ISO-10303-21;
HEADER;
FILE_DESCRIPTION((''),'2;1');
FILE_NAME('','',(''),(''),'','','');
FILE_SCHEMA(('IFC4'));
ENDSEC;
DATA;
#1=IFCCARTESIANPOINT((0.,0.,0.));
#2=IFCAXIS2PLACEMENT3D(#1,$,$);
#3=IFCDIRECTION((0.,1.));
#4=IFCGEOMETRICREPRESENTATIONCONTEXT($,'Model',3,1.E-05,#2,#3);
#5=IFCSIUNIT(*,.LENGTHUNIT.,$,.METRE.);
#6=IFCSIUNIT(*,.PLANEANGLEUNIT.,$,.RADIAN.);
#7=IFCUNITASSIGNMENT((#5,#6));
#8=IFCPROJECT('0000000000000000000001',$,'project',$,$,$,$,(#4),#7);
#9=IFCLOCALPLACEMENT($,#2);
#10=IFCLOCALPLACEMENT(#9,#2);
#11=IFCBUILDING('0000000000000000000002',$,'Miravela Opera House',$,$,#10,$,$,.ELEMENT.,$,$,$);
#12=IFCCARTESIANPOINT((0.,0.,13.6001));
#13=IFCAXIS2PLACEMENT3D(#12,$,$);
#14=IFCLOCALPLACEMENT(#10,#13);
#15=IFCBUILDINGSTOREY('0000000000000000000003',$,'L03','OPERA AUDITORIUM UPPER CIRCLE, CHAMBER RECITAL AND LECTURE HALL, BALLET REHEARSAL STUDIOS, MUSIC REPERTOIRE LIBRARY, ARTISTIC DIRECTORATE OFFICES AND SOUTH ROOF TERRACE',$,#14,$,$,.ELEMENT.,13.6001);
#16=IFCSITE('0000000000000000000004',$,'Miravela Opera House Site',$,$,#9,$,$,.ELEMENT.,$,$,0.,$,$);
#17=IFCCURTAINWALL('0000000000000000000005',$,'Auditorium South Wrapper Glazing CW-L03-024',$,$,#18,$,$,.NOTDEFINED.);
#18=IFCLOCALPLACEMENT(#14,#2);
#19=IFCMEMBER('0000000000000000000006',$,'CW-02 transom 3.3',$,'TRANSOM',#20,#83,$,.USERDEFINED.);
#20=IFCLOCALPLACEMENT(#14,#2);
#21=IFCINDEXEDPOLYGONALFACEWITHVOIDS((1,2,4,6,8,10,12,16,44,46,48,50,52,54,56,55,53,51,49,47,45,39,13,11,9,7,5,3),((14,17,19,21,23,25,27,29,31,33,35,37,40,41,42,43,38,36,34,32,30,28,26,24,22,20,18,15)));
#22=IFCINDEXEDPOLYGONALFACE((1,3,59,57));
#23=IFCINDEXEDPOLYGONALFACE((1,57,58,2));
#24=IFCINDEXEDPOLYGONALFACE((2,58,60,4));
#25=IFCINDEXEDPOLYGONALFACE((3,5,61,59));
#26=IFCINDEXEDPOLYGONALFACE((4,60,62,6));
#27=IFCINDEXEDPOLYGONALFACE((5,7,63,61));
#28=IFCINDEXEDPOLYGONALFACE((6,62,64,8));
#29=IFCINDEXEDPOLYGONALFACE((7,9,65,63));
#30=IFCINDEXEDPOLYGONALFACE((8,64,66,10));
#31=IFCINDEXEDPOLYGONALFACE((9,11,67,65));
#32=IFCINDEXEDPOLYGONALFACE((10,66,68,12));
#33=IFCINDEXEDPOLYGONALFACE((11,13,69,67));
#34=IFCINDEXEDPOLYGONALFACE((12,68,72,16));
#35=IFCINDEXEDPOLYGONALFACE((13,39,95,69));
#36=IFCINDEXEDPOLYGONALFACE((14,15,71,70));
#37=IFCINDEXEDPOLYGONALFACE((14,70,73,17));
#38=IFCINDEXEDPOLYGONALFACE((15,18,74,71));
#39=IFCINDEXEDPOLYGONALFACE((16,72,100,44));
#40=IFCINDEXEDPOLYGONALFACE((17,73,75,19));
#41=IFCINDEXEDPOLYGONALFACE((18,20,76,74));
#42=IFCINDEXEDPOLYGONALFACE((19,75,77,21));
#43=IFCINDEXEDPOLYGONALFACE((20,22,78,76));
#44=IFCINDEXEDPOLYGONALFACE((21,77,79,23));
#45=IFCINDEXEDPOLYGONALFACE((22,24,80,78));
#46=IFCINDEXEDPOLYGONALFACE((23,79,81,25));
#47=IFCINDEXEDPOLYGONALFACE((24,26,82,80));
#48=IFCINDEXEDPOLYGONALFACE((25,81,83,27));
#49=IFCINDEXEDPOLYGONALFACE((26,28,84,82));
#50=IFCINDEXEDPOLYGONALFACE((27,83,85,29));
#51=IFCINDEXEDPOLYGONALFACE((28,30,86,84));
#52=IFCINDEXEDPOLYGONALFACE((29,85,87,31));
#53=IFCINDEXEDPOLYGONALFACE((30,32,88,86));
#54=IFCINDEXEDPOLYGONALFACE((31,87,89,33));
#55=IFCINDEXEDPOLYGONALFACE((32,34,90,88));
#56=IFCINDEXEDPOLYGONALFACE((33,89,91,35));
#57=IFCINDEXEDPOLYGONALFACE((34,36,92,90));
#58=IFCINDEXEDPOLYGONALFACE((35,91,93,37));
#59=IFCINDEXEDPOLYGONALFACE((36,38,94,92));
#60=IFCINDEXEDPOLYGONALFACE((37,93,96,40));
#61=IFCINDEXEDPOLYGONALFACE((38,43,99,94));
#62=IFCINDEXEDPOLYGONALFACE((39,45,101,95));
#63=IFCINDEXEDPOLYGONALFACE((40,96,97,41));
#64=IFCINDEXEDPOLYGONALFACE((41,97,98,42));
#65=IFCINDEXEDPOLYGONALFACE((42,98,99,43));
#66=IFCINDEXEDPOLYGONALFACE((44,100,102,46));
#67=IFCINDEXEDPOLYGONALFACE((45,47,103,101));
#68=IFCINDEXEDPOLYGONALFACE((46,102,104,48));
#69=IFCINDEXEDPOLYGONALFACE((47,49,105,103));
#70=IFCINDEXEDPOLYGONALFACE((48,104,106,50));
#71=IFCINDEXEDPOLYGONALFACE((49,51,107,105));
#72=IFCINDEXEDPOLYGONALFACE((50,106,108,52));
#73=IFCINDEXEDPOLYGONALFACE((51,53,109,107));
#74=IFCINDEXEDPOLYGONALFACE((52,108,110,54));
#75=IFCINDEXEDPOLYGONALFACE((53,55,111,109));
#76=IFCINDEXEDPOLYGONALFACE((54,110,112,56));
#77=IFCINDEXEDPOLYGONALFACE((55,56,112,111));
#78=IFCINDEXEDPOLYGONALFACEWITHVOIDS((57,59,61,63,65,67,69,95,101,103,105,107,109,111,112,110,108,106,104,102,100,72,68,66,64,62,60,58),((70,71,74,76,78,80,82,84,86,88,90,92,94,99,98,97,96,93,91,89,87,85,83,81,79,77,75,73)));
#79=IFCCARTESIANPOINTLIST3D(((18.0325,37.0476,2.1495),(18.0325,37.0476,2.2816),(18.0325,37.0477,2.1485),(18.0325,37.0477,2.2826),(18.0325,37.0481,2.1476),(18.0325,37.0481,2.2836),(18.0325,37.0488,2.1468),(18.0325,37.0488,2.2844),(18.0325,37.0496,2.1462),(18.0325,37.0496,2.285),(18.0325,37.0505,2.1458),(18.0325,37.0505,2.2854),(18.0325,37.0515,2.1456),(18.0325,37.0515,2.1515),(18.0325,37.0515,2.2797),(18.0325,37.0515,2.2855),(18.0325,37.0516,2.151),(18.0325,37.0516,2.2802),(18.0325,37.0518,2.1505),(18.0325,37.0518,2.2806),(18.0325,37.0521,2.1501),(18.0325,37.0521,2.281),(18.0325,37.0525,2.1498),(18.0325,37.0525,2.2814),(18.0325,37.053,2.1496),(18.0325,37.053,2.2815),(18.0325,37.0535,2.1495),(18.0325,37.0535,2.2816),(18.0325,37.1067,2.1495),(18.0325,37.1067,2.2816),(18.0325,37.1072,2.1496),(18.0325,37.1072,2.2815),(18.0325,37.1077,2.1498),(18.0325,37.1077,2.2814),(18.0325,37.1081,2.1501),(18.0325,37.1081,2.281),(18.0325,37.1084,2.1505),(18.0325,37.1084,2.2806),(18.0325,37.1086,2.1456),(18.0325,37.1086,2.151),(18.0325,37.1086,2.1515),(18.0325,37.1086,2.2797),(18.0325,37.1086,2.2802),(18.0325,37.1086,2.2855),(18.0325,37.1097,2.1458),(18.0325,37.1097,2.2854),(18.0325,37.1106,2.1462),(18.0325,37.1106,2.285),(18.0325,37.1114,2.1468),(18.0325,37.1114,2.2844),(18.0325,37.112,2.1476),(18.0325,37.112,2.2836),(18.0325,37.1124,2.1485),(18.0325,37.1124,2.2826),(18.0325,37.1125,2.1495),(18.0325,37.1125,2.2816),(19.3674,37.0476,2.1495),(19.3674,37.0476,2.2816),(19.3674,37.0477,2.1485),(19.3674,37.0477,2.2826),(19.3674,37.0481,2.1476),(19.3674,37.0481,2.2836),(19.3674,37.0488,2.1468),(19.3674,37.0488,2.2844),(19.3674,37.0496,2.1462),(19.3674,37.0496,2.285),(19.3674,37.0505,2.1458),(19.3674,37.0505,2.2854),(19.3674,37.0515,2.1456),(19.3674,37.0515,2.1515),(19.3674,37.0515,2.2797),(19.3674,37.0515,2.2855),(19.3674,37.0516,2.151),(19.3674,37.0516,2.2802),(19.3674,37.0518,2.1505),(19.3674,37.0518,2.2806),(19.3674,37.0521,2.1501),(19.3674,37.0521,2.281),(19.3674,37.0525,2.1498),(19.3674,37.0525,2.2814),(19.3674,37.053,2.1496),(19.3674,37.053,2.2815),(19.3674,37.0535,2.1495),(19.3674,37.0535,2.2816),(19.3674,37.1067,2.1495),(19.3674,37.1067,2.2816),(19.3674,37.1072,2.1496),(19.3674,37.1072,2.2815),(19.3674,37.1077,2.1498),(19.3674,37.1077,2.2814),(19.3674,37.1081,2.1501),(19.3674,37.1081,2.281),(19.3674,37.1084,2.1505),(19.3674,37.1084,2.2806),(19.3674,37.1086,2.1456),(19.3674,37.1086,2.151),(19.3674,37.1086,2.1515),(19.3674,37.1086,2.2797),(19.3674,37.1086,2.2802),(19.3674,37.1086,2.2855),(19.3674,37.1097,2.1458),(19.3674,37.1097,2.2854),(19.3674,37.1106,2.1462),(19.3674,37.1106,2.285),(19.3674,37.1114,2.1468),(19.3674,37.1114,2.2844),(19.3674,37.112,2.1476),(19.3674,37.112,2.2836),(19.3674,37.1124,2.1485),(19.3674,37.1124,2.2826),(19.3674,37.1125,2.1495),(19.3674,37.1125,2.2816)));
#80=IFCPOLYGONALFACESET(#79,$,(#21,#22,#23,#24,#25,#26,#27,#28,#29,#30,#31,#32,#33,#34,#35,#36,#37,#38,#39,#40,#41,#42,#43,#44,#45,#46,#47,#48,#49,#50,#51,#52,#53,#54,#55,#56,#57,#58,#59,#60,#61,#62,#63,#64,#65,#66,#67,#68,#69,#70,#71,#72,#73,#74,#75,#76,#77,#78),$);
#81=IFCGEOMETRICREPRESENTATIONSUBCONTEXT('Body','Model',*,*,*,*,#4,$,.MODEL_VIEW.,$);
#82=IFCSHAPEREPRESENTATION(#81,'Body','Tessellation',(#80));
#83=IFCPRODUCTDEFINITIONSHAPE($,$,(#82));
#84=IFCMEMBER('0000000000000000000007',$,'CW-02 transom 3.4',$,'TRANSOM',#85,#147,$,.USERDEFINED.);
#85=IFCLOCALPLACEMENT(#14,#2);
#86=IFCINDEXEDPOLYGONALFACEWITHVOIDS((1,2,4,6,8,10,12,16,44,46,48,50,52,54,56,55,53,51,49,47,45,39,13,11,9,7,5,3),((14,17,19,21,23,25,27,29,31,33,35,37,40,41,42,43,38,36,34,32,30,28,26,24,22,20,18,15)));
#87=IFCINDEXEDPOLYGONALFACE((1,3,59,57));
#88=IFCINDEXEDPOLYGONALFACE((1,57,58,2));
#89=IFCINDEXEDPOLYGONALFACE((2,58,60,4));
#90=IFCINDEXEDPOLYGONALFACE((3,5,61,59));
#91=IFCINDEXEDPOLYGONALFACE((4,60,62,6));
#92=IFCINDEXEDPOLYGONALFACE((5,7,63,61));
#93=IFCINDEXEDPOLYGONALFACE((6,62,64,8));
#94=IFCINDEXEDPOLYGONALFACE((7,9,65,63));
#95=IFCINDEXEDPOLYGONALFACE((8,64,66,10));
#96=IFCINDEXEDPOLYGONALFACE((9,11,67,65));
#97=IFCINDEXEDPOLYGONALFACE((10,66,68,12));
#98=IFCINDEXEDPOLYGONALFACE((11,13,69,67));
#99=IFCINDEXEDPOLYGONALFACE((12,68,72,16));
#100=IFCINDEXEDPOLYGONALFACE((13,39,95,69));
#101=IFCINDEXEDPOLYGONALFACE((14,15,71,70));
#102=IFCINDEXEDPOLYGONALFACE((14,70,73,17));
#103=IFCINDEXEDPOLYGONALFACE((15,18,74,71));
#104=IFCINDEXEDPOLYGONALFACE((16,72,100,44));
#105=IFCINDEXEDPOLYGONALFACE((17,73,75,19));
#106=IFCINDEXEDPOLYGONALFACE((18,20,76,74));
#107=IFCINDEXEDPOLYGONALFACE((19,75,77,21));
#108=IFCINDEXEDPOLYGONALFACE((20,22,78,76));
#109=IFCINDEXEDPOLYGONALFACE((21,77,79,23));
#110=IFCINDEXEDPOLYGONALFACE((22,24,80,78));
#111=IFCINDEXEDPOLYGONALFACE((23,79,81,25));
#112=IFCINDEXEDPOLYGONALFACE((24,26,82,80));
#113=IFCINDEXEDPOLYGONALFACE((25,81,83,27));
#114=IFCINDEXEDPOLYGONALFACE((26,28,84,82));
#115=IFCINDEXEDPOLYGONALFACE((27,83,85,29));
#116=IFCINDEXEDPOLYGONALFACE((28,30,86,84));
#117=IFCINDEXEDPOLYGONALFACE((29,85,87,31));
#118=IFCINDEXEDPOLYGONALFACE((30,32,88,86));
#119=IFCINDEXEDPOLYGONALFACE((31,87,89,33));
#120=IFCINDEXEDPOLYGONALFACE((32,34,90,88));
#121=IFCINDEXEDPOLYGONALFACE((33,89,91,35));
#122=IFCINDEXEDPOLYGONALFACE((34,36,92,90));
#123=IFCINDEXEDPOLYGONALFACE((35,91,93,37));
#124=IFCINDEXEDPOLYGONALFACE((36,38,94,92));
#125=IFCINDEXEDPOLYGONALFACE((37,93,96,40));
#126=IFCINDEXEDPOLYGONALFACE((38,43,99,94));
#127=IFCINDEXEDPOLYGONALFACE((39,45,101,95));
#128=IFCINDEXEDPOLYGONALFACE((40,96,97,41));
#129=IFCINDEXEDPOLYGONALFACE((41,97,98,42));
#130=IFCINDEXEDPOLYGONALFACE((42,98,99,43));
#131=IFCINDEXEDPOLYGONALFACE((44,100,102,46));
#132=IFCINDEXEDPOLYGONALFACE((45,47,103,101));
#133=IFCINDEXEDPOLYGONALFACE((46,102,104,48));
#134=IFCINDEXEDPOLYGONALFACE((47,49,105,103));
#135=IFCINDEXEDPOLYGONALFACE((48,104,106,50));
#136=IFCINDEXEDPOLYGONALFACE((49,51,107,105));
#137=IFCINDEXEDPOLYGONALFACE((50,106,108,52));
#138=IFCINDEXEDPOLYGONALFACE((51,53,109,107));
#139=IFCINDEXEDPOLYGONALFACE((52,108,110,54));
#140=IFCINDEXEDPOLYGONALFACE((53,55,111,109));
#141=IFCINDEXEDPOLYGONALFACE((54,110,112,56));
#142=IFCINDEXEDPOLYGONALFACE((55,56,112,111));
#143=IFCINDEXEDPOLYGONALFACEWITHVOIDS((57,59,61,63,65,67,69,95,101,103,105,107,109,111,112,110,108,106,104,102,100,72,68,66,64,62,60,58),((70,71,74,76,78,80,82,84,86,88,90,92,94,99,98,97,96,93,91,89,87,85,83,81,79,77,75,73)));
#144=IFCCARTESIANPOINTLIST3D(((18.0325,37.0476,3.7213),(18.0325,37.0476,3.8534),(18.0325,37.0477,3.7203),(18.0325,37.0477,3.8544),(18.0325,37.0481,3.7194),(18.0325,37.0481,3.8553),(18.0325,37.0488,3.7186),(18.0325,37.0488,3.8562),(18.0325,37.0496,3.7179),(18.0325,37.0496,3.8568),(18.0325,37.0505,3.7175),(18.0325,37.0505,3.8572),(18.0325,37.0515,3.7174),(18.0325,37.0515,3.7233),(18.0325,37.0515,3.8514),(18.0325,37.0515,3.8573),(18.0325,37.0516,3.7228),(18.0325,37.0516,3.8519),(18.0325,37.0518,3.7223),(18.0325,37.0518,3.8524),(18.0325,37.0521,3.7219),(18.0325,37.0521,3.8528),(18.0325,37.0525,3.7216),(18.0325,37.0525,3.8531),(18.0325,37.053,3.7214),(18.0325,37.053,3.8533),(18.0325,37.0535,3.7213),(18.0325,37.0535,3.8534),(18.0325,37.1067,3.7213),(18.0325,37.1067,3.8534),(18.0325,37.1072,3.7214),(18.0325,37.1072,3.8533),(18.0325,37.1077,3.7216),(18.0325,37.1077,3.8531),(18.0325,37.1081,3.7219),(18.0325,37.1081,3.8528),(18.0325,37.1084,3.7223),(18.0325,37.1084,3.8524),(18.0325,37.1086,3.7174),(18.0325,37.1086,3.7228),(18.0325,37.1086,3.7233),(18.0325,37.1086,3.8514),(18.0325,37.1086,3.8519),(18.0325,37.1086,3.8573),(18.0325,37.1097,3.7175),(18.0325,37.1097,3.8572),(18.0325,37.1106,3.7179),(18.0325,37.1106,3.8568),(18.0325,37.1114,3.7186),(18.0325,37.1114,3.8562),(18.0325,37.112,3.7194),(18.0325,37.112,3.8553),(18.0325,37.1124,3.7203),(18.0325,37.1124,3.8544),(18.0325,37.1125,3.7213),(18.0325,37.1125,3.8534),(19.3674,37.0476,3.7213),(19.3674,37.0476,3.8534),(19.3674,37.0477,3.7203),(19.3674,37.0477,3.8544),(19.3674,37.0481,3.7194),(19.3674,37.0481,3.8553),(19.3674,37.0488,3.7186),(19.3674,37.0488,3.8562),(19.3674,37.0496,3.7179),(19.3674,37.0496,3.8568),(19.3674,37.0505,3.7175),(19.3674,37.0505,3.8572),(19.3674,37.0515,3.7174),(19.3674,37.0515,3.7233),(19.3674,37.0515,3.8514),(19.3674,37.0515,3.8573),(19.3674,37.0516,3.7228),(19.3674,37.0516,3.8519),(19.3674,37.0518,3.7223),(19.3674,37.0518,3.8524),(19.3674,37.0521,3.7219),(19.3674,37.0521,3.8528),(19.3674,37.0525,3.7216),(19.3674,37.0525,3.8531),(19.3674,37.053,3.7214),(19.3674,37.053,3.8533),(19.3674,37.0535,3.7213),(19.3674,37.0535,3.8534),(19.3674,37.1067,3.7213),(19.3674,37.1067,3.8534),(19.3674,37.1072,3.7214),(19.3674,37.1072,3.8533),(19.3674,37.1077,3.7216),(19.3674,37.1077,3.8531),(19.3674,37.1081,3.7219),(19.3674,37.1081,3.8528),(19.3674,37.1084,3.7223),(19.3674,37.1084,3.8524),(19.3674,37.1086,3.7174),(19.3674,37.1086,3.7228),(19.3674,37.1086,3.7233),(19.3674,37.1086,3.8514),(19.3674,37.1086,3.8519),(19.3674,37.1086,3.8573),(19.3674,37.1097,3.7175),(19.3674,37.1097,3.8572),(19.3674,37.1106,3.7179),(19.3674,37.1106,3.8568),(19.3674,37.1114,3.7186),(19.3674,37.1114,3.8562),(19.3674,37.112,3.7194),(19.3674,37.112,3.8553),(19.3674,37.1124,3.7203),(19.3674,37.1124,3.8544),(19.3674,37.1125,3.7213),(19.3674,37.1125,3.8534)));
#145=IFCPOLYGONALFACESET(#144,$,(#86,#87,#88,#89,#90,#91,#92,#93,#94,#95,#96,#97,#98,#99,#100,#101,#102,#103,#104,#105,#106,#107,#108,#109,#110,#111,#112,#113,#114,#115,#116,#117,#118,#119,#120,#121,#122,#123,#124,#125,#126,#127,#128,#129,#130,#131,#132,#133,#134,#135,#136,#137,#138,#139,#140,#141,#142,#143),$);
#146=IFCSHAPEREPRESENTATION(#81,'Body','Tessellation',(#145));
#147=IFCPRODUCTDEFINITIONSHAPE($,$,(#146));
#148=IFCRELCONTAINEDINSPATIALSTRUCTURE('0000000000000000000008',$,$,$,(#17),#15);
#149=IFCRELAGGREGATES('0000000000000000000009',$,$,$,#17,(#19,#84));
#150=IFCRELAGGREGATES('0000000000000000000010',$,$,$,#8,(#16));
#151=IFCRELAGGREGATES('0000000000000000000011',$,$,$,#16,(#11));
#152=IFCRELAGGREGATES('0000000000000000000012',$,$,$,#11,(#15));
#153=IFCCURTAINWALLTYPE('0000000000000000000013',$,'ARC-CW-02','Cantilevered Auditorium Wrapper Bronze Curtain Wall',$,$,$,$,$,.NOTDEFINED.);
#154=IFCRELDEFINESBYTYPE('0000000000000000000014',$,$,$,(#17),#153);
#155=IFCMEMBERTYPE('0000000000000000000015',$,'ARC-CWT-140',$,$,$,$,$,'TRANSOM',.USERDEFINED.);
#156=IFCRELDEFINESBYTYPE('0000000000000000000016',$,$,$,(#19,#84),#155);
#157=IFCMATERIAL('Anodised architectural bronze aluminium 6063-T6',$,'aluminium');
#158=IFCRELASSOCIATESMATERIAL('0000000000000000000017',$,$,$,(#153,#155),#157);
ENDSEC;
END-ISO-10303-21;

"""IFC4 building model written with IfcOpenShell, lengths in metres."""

from ifc_helpers import new_model, si_unit, direction, frame, origin, origin_2d, place, context, subcontext, project, spatial, hollow_rectangle, extrude, material, material_profile, profile_set, type_object, element, aggregate, save


model = new_model("IFC4")

# Units and contexts
model_context = context("Model", 3, precision=1e-05, world=origin(), true_north=direction((0.0, 1.0)))
body_context = subcontext(model_context, "Body", "Model", "MODEL_VIEW")
ifc_project = project(units=[si_unit("LENGTHUNIT", "METRE"), si_unit("PLANEANGLEUNIT", "RADIAN")], contexts=[model_context])

# Site, building, storey
site_placement = place(None, origin())
site = spatial("IfcSite", under=ifc_project, at=site_placement, Name="Miravela Opera House Site", CompositionType="ELEMENT", RefElevation=0.0)
building_placement = place(site_placement, origin())
building = spatial("IfcBuilding", under=site, at=building_placement, Name="Miravela Opera House", CompositionType="ELEMENT")
storey_placement = place(building_placement, frame((0.0, 0.0, 13.6001)))
storey = spatial("IfcBuildingStorey", under=building, at=storey_placement, Name="L03", Description="OPERA AUDITORIUM UPPER CIRCLE, CHAMBER RECITAL AND LECTURE HALL, BALLET REHEARSAL STUDIOS, MUSIC REPERTOIRE LIBRARY, ARTISTIC DIRECTORATE OFFICES AND SOUTH ROOF TERRACE", CompositionType="ELEMENT", Elevation=13.6001)

# Curtain wall
ifc_material_1 = material(Name="Anodised architectural bronze aluminium 6063-T6", Category="aluminium")
curtain_wall_type = type_object("IfcCurtainWallType", Name="ARC-CW-02", Description="Cantilevered Auditorium Wrapper Bronze Curtain Wall", PredefinedType="NOTDEFINED", material=ifc_material_1)
curtain_wall_1_placement = place(storey_placement, origin())
curtain_wall_1 = element("IfcCurtainWall", 1, at=curtain_wall_1_placement, inside=storey, type_object=curtain_wall_type, Name="Auditorium South Wrapper Glazing CW-L03-024", PredefinedType="NOTDEFINED")

# Members
ifc_material_profile_1 = material_profile(ifc_material_1, hollow_rectangle(XDim=0.0649, YDim=0.1399, WallThickness=0.0039, InnerFilletRadius=0.002, OuterFilletRadius=0.0039, at=origin_2d()), Name="CWT-65X140")
ifc_profile_set_1 = profile_set([ifc_material_profile_1])
member_type_1 = type_object("IfcMemberType", Name="ARC-CWT-140", ElementType="TRANSOM", PredefinedType="USERDEFINED", material=ifc_profile_set_1)
member_1_placement = place(storey_placement, frame((18.0325, 37.0801, 2.2156), z_axis=(1.0, 0.0, 0.0), x_axis=(0.0, 1.0, 0.0)))
member_1 = element("IfcMember", 2, at=member_1_placement, type_object=member_type_1, Name="CW-02 transom 3.3", ObjectType="TRANSOM", PredefinedType="USERDEFINED", context=body_context, shape_type="SweptSolid", body=[
    extrude(hollow_rectangle(XDim=0.0649, YDim=0.1399, WallThickness=0.0039, InnerFilletRadius=0.002, OuterFilletRadius=0.0039, at=origin_2d()), origin(), (0.0, 0.0, 1.0), 1.335),
])
member_2_placement = place(storey_placement, frame((18.0325, 37.0801, 3.7874), z_axis=(1.0, 0.0, 0.0), x_axis=(0.0, 1.0, 0.0)))
member_2 = element("IfcMember", 3, at=member_2_placement, type_object=member_type_1, Name="CW-02 transom 3.4", ObjectType="TRANSOM", PredefinedType="USERDEFINED", context=body_context, shape_type="SweptSolid", body=[
    extrude(hollow_rectangle(XDim=0.0649, YDim=0.1399, WallThickness=0.0039, InnerFilletRadius=0.002, OuterFilletRadius=0.0039, at=origin_2d()), origin(), (0.0, 0.0, 1.0), 1.335),
])

aggregate(curtain_wall_1, [member_1, member_2])

save(model, "model.ifc")
